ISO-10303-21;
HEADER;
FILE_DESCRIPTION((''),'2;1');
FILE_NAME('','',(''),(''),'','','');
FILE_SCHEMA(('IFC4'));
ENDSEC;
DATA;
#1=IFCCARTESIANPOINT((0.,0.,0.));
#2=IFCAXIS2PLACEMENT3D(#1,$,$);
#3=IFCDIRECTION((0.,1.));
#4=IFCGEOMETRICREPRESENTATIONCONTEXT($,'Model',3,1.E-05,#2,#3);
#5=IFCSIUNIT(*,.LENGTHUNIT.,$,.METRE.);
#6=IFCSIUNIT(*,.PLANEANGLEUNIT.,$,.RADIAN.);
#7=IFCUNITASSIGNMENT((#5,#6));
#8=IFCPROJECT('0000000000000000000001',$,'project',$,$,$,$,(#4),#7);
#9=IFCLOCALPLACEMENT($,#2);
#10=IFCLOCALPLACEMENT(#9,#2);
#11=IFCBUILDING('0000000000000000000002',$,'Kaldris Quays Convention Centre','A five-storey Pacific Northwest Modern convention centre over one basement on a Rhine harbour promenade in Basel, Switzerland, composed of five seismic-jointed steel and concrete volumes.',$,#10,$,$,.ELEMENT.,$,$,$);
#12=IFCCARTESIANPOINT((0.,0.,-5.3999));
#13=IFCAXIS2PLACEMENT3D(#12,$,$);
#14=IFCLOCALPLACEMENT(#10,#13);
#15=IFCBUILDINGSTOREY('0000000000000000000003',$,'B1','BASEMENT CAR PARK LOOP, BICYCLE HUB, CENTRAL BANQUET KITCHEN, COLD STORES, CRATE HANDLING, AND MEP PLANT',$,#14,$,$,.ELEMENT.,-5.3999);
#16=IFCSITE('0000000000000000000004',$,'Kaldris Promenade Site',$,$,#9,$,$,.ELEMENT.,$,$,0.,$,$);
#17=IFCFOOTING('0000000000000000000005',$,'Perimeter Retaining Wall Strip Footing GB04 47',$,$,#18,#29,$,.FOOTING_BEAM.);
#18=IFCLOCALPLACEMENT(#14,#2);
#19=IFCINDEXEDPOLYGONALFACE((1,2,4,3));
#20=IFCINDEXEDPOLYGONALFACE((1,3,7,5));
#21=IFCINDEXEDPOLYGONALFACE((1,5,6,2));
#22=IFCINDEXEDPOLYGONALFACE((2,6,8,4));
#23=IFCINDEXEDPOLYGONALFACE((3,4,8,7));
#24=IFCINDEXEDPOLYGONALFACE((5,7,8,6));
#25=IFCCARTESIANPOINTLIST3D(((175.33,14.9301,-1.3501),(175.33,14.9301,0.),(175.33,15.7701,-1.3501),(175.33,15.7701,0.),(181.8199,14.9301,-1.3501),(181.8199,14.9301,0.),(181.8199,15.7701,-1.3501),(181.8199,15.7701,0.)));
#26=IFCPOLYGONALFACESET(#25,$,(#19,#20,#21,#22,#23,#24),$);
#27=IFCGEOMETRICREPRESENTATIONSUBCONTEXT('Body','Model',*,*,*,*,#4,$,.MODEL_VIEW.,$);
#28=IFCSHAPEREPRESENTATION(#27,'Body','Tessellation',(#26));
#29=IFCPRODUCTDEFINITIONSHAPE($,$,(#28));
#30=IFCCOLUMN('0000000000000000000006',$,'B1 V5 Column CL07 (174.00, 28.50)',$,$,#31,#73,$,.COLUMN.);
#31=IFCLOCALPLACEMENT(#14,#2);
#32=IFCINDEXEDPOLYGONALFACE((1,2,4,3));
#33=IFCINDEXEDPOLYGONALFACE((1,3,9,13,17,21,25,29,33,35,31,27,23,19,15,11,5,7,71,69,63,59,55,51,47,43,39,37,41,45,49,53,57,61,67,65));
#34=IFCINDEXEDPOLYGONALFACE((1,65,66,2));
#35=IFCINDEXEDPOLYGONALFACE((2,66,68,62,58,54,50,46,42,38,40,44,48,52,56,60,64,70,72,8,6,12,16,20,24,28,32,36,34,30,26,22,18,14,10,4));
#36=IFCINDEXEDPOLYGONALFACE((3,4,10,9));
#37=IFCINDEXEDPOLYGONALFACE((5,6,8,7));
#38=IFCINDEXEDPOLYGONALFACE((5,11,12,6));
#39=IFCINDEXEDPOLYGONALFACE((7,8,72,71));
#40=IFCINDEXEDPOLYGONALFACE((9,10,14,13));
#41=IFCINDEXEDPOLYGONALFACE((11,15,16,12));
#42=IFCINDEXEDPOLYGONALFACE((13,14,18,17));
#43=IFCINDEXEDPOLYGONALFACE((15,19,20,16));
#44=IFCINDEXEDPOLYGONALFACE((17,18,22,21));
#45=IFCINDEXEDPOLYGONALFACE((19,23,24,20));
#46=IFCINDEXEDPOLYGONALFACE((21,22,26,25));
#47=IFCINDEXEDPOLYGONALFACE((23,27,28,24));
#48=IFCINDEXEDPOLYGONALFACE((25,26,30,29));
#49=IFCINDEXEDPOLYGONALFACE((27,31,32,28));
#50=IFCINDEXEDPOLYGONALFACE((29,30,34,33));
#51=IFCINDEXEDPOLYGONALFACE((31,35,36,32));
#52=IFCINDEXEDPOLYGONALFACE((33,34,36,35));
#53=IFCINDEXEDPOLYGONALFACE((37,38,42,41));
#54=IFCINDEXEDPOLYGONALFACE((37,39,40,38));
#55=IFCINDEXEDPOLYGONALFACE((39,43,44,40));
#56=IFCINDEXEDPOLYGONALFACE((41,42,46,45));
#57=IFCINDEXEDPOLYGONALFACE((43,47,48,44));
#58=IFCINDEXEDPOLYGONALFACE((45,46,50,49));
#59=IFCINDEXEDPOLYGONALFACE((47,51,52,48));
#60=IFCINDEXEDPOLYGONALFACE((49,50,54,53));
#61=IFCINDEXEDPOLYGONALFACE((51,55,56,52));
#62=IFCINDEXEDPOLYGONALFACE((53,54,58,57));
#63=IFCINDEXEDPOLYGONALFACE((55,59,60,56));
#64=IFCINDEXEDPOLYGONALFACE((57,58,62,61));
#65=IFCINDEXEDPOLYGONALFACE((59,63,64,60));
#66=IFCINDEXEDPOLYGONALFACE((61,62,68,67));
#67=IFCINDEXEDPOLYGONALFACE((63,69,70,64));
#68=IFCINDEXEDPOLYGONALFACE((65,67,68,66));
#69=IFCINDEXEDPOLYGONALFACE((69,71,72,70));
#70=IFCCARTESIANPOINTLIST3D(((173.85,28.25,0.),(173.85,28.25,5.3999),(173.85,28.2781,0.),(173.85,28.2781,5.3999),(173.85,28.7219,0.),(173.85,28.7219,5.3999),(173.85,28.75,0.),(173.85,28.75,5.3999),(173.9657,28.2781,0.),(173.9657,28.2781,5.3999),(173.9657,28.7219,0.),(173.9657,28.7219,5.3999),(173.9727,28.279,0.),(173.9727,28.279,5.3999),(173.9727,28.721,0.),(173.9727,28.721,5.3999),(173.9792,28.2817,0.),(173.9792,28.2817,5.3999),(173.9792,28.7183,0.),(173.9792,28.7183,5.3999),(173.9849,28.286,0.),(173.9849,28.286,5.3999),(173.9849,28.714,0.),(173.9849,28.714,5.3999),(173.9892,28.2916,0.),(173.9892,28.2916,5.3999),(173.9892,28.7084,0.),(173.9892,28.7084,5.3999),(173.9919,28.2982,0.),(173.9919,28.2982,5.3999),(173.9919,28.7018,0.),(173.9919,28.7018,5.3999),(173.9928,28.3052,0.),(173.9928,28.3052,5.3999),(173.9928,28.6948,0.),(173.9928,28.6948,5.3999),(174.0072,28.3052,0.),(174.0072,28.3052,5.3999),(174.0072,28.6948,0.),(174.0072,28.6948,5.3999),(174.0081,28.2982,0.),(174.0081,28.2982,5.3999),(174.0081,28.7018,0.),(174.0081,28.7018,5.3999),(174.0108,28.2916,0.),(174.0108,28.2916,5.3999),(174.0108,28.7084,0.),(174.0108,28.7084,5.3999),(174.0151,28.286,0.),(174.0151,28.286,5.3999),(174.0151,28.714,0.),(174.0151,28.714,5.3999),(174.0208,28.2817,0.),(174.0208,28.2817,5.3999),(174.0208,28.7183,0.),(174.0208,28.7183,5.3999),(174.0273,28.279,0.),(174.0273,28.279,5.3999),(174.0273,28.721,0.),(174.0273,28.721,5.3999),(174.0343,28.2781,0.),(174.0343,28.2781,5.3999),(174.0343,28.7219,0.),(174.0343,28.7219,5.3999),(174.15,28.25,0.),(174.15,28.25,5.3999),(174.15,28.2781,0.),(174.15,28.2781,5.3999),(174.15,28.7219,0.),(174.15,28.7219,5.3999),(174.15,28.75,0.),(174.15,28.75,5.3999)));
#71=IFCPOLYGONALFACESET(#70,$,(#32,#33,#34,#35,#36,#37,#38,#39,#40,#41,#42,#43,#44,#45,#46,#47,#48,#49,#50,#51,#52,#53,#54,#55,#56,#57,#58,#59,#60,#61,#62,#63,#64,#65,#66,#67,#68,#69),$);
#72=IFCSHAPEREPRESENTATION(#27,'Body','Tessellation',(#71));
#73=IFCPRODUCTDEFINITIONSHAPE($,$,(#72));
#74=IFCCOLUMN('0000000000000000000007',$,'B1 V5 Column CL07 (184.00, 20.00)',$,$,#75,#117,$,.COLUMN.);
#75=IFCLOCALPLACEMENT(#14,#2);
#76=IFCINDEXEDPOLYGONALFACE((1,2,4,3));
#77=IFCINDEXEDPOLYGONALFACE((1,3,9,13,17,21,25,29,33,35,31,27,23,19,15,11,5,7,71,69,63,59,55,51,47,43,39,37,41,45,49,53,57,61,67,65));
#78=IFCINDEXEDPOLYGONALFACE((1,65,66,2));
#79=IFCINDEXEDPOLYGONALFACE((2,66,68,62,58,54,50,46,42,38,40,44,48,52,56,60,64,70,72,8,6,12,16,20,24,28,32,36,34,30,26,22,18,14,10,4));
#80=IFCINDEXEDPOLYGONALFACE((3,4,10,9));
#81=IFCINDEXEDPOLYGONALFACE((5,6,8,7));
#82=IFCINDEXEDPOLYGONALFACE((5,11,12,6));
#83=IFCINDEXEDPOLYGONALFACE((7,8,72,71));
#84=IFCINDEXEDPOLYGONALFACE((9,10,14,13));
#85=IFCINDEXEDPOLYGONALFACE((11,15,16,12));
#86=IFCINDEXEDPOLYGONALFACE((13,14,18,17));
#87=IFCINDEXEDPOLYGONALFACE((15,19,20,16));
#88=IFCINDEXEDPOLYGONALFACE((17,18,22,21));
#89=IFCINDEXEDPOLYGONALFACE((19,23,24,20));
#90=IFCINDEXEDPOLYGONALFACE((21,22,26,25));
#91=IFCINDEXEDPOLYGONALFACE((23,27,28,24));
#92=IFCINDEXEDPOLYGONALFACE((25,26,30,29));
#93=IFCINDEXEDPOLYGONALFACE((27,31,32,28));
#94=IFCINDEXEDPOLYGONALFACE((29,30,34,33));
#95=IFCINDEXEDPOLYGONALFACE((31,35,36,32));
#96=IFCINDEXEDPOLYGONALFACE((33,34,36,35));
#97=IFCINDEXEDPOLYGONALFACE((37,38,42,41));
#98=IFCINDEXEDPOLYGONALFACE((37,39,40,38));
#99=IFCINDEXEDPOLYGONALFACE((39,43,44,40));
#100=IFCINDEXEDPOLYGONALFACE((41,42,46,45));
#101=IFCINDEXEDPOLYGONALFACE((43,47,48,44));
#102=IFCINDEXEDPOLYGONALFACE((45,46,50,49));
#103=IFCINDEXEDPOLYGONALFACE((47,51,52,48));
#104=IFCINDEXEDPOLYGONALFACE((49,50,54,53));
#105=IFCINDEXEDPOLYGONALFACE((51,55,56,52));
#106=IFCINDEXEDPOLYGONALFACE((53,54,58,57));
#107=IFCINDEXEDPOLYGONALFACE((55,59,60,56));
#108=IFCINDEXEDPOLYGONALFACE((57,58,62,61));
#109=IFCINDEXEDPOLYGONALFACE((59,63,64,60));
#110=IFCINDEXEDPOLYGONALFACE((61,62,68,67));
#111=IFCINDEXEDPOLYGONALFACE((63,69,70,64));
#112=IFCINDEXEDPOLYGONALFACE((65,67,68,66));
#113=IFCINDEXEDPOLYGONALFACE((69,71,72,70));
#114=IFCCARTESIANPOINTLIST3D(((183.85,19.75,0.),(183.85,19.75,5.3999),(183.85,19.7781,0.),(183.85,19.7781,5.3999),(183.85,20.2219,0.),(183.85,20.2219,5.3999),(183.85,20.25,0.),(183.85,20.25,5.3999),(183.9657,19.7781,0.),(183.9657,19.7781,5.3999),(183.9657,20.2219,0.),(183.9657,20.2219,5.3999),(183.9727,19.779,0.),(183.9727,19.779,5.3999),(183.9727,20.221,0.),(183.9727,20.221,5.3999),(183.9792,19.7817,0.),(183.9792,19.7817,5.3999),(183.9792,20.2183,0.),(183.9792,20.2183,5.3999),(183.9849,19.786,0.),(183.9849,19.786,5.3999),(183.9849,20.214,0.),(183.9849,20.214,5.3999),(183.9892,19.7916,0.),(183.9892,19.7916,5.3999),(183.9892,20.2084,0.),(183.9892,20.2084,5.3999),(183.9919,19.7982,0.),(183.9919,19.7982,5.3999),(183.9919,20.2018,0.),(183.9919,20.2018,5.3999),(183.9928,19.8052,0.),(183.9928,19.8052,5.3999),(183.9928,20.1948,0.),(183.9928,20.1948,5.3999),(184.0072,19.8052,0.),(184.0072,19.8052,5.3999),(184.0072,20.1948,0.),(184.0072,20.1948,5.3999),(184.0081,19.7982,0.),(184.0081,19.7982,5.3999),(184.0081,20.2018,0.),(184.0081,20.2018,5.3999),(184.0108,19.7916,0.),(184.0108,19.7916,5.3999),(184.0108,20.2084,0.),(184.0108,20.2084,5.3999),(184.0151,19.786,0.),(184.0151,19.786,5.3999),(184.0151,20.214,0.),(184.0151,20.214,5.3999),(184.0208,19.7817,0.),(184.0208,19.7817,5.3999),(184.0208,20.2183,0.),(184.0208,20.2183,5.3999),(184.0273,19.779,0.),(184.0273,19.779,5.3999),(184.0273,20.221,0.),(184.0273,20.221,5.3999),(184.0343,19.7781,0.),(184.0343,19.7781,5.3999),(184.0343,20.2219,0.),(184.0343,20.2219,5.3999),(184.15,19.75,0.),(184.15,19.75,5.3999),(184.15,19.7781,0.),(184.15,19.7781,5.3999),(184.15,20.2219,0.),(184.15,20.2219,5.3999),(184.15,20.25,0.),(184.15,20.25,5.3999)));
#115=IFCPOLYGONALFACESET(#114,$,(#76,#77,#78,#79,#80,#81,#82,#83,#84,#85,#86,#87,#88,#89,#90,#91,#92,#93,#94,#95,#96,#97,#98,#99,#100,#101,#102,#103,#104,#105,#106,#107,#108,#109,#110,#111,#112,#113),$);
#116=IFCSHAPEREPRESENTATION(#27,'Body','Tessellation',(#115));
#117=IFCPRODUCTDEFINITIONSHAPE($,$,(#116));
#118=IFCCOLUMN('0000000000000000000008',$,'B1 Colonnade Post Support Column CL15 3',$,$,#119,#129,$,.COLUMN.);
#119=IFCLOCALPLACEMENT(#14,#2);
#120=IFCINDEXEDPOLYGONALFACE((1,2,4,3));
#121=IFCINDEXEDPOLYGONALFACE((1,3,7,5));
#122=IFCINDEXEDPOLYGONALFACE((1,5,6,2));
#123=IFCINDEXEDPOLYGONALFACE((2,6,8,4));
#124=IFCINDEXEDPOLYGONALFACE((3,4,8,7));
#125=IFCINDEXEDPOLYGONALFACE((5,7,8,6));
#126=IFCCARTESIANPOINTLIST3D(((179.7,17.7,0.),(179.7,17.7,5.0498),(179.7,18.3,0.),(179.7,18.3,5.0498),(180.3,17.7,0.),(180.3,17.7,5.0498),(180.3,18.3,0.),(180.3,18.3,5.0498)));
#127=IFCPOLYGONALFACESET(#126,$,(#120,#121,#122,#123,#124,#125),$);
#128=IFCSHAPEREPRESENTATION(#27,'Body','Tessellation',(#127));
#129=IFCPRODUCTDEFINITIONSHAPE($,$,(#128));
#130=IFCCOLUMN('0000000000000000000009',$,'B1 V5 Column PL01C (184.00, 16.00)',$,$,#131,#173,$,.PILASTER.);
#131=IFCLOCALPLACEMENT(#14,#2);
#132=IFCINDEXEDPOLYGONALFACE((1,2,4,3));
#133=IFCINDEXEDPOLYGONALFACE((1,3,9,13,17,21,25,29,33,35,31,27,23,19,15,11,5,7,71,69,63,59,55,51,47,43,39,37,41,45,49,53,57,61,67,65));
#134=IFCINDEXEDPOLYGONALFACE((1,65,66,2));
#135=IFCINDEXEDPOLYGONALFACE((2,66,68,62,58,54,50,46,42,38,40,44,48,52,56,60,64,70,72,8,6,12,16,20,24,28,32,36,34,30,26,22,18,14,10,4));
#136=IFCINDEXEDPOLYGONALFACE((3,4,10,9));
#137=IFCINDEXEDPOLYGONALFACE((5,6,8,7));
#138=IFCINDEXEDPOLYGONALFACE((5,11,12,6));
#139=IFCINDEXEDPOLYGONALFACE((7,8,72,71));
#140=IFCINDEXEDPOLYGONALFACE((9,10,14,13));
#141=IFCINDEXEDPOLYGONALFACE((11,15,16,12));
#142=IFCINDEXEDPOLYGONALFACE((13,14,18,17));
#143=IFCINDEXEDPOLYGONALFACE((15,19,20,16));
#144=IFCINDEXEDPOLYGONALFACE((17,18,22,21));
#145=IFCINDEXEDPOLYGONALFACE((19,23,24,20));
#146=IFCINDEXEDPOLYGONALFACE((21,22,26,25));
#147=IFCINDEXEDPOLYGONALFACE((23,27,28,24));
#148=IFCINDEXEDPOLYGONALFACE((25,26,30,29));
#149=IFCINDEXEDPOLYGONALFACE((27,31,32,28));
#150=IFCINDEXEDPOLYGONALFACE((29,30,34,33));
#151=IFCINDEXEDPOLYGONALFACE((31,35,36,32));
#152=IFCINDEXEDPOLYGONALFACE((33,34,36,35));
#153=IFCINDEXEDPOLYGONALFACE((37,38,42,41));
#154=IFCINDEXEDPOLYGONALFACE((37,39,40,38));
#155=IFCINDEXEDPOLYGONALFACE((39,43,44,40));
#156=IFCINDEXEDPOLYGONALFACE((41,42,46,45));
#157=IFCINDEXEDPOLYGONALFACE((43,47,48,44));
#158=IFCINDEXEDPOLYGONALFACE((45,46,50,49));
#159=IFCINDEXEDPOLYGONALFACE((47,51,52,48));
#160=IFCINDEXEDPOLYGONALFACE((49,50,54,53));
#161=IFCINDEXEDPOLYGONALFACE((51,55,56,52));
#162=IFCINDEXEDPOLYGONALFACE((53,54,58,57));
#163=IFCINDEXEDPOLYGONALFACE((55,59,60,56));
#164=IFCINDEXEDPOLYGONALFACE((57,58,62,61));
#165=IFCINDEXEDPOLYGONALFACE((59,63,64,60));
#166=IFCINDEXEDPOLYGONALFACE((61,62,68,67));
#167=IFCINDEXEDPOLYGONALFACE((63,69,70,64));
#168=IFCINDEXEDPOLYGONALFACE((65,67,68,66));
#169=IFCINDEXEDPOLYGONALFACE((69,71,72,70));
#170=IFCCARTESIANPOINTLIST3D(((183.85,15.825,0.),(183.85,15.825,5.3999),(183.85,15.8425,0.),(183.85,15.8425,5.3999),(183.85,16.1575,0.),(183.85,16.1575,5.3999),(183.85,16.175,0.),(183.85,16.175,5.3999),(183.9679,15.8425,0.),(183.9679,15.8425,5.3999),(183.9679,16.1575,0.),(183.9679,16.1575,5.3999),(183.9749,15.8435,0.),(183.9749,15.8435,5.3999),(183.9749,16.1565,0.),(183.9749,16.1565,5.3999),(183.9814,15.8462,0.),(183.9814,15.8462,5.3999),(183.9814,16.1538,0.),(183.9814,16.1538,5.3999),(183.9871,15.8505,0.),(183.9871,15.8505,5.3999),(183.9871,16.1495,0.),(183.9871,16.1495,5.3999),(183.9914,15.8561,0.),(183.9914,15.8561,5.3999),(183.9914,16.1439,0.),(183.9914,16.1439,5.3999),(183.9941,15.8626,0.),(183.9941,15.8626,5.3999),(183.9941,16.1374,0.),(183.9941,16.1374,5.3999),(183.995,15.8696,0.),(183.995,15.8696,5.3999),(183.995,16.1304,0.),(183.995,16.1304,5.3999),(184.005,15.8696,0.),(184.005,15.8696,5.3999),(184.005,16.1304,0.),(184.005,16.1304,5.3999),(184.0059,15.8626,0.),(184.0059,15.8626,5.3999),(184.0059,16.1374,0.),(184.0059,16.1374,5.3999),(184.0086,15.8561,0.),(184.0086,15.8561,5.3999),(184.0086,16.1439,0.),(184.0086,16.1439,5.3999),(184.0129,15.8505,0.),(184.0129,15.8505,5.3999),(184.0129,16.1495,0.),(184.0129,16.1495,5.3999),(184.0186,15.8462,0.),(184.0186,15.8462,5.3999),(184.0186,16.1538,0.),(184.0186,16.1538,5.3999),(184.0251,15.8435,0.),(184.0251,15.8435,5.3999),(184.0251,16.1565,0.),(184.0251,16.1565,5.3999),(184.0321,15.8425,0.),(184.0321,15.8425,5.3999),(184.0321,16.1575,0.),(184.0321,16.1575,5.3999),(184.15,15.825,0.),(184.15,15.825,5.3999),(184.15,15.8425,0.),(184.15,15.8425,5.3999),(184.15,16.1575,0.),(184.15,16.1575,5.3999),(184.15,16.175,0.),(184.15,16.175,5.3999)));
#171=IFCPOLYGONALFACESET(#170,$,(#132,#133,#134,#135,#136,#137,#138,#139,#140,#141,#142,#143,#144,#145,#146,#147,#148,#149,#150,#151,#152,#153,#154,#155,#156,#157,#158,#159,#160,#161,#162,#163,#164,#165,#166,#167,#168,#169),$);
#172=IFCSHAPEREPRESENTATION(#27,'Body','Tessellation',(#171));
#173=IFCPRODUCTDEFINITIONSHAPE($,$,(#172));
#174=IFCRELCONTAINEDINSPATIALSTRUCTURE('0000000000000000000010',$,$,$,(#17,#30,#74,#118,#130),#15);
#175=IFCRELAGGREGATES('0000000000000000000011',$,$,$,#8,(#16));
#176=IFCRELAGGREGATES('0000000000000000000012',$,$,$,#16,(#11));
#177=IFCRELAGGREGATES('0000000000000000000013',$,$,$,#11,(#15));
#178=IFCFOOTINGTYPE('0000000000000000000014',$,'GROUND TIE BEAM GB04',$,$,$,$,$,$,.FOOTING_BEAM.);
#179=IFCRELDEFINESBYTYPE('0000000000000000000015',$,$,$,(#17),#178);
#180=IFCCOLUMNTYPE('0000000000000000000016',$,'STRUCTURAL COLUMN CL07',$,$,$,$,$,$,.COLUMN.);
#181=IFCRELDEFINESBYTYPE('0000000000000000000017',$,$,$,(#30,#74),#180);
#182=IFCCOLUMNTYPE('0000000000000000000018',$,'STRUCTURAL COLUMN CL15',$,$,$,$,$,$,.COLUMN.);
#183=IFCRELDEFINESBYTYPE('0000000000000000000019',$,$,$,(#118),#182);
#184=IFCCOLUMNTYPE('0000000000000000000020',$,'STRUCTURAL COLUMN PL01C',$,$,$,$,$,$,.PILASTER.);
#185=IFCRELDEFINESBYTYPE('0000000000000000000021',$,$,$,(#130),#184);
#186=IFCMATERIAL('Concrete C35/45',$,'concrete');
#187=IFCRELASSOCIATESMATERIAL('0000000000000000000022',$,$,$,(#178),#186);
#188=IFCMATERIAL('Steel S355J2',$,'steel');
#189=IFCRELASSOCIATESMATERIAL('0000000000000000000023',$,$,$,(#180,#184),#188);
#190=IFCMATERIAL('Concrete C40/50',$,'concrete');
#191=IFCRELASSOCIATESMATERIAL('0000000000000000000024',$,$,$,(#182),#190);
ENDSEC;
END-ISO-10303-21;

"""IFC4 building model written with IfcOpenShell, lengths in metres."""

from ifc_helpers import new_model, si_unit, direction, frame, origin, origin_2d, place, context, subcontext, project, spatial, rectangle, i_section, extrude, material, material_profile, profile_set, type_object, element, save


model = new_model("IFC4")

# Units and contexts
model_context = context("Model", 3, precision=1e-05, world=origin(), true_north=direction((0.0, 1.0)))
body_context = subcontext(model_context, "Body", "Model", "MODEL_VIEW")
ifc_project = project(units=[si_unit("LENGTHUNIT", "METRE"), si_unit("PLANEANGLEUNIT", "RADIAN")], contexts=[model_context])

# Site, building, storey
site_placement = place(None, origin())
site = spatial("IfcSite", under=ifc_project, at=site_placement, Name="Kaldris Promenade Site", CompositionType="ELEMENT", RefElevation=0.0)
building_placement = place(site_placement, origin())
building = spatial("IfcBuilding", under=site, at=building_placement, Name="Kaldris Quays Convention Centre", Description="A five-storey Pacific Northwest Modern convention centre over one basement on a Rhine harbour promenade in Basel, Switzerland, composed of five seismic-jointed steel and concrete volumes.", CompositionType="ELEMENT")
storey_placement = place(building_placement, frame((0.0, 0.0, -5.3999)))
storey = spatial("IfcBuildingStorey", under=building, at=storey_placement, Name="B1", Description="BASEMENT CAR PARK LOOP, BICYCLE HUB, CENTRAL BANQUET KITCHEN, COLD STORES, CRATE HANDLING, AND MEP PLANT", CompositionType="ELEMENT", Elevation=-5.3999)

# Shared definitions
ifc_material_1 = material(Name="Concrete C35/45", Category="concrete")

# Footing
footing_type_1 = type_object("IfcFootingType", Name="GROUND TIE BEAM GB04", PredefinedType="FOOTING_BEAM", material=ifc_material_1)
footing_1_placement = place(storey_placement, frame((178.575, 15.3501, -1.3501), z_axis=(0.0, 0.0, 1.0), x_axis=(1.0, 0.0, 0.0)))
element("IfcFooting", 1, at=footing_1_placement, inside=storey, type_object=footing_type_1, Name="Perimeter Retaining Wall Strip Footing GB04 47", PredefinedType="FOOTING_BEAM", context=body_context, shape_type="SweptSolid", body=[
    extrude(rectangle(XDim=6.49, YDim=0.8401, at=origin_2d()), origin(), (0.0, 0.0, 1.0), 1.3501),
])

# Columns
ifc_material_2 = material(Name="Steel S355J2", Category="steel")
ifc_material_profile_1 = material_profile(ifc_material_2, i_section(OverallWidth=0.3, OverallDepth=0.5, WebThickness=0.0144, FlangeThickness=0.0281, FilletRadius=0.0271, at=origin_2d()), Name="HEB 500")
ifc_profile_set_1 = profile_set([ifc_material_profile_1], Name="Steel S355J2")
column_type_1 = type_object("IfcColumnType", Name="STRUCTURAL COLUMN CL07", PredefinedType="COLUMN", material=ifc_profile_set_1)
for number, where, z_axis, x_axis, name in (
    (2, (174.0, 28.5, 0.0), (0.0, 0.0, 1.0), (1.0, 0.0, 0.0), "B1 V5 Column CL07 (174.00, 28.50)"),
    (3, (184.0, 20.0, 0.0), (0.0, 0.0, 1.0), (1.0, 0.0, 0.0), "B1 V5 Column CL07 (184.00, 20.00)"),
):
    element("IfcColumn", number, at=place(storey_placement, frame(where, z_axis=z_axis, x_axis=x_axis)), inside=storey, type_object=column_type_1, Name=name, PredefinedType="COLUMN", context=body_context, shape_type="SweptSolid", body=[
        extrude(i_section(OverallWidth=0.3, OverallDepth=0.5, WebThickness=0.0144, FlangeThickness=0.0281, FilletRadius=0.0271, at=origin_2d()), origin(), (0.0, 0.0, 1.0), 5.3999),
    ])
ifc_material_3 = material(Name="Concrete C40/50", Category="concrete")
ifc_material_profile_2 = material_profile(ifc_material_3, rectangle(XDim=0.6001, YDim=0.6001, at=origin_2d()), Name="RC 600x600")
ifc_profile_set_2 = profile_set([ifc_material_profile_2], Name="Concrete C40/50")
column_type_2 = type_object("IfcColumnType", Name="STRUCTURAL COLUMN CL15", PredefinedType="COLUMN", material=ifc_profile_set_2)
column_1_placement = place(storey_placement, frame((180.0, 18.0, 0.0), z_axis=(0.0, 0.0, 1.0), x_axis=(1.0, 0.0, 0.0)))
element("IfcColumn", 4, at=column_1_placement, inside=storey, type_object=column_type_2, Name="B1 Colonnade Post Support Column CL15 3", PredefinedType="COLUMN", context=body_context, shape_type="SweptSolid", body=[
    extrude(rectangle(XDim=0.6001, YDim=0.6001, at=origin_2d()), origin(), (0.0, 0.0, 1.0), 5.0498),
])
ifc_material_profile_3 = material_profile(ifc_material_2, i_section(OverallWidth=0.3, OverallDepth=0.3501, WebThickness=0.01, FlangeThickness=0.0176, FilletRadius=0.0271, at=origin_2d()), Name="HEA 360")
ifc_profile_set_3 = profile_set([ifc_material_profile_3], Name="Steel S355J2")
column_type_3 = type_object("IfcColumnType", Name="STRUCTURAL COLUMN PL01C", PredefinedType="PILASTER", material=ifc_profile_set_3)
column_2_placement = place(storey_placement, frame((184.0, 16.0, 0.0), z_axis=(0.0, 0.0, 1.0), x_axis=(1.0, 0.0, 0.0)))
element("IfcColumn", 5, at=column_2_placement, inside=storey, type_object=column_type_3, Name="B1 V5 Column PL01C (184.00, 16.00)", PredefinedType="PILASTER", context=body_context, shape_type="SweptSolid", body=[
    extrude(i_section(OverallWidth=0.3, OverallDepth=0.3501, WebThickness=0.01, FlangeThickness=0.0176, FilletRadius=0.0271, at=origin_2d()), origin(), (0.0, 0.0, 1.0), 5.3999),
])

save(model, "model.ifc")
